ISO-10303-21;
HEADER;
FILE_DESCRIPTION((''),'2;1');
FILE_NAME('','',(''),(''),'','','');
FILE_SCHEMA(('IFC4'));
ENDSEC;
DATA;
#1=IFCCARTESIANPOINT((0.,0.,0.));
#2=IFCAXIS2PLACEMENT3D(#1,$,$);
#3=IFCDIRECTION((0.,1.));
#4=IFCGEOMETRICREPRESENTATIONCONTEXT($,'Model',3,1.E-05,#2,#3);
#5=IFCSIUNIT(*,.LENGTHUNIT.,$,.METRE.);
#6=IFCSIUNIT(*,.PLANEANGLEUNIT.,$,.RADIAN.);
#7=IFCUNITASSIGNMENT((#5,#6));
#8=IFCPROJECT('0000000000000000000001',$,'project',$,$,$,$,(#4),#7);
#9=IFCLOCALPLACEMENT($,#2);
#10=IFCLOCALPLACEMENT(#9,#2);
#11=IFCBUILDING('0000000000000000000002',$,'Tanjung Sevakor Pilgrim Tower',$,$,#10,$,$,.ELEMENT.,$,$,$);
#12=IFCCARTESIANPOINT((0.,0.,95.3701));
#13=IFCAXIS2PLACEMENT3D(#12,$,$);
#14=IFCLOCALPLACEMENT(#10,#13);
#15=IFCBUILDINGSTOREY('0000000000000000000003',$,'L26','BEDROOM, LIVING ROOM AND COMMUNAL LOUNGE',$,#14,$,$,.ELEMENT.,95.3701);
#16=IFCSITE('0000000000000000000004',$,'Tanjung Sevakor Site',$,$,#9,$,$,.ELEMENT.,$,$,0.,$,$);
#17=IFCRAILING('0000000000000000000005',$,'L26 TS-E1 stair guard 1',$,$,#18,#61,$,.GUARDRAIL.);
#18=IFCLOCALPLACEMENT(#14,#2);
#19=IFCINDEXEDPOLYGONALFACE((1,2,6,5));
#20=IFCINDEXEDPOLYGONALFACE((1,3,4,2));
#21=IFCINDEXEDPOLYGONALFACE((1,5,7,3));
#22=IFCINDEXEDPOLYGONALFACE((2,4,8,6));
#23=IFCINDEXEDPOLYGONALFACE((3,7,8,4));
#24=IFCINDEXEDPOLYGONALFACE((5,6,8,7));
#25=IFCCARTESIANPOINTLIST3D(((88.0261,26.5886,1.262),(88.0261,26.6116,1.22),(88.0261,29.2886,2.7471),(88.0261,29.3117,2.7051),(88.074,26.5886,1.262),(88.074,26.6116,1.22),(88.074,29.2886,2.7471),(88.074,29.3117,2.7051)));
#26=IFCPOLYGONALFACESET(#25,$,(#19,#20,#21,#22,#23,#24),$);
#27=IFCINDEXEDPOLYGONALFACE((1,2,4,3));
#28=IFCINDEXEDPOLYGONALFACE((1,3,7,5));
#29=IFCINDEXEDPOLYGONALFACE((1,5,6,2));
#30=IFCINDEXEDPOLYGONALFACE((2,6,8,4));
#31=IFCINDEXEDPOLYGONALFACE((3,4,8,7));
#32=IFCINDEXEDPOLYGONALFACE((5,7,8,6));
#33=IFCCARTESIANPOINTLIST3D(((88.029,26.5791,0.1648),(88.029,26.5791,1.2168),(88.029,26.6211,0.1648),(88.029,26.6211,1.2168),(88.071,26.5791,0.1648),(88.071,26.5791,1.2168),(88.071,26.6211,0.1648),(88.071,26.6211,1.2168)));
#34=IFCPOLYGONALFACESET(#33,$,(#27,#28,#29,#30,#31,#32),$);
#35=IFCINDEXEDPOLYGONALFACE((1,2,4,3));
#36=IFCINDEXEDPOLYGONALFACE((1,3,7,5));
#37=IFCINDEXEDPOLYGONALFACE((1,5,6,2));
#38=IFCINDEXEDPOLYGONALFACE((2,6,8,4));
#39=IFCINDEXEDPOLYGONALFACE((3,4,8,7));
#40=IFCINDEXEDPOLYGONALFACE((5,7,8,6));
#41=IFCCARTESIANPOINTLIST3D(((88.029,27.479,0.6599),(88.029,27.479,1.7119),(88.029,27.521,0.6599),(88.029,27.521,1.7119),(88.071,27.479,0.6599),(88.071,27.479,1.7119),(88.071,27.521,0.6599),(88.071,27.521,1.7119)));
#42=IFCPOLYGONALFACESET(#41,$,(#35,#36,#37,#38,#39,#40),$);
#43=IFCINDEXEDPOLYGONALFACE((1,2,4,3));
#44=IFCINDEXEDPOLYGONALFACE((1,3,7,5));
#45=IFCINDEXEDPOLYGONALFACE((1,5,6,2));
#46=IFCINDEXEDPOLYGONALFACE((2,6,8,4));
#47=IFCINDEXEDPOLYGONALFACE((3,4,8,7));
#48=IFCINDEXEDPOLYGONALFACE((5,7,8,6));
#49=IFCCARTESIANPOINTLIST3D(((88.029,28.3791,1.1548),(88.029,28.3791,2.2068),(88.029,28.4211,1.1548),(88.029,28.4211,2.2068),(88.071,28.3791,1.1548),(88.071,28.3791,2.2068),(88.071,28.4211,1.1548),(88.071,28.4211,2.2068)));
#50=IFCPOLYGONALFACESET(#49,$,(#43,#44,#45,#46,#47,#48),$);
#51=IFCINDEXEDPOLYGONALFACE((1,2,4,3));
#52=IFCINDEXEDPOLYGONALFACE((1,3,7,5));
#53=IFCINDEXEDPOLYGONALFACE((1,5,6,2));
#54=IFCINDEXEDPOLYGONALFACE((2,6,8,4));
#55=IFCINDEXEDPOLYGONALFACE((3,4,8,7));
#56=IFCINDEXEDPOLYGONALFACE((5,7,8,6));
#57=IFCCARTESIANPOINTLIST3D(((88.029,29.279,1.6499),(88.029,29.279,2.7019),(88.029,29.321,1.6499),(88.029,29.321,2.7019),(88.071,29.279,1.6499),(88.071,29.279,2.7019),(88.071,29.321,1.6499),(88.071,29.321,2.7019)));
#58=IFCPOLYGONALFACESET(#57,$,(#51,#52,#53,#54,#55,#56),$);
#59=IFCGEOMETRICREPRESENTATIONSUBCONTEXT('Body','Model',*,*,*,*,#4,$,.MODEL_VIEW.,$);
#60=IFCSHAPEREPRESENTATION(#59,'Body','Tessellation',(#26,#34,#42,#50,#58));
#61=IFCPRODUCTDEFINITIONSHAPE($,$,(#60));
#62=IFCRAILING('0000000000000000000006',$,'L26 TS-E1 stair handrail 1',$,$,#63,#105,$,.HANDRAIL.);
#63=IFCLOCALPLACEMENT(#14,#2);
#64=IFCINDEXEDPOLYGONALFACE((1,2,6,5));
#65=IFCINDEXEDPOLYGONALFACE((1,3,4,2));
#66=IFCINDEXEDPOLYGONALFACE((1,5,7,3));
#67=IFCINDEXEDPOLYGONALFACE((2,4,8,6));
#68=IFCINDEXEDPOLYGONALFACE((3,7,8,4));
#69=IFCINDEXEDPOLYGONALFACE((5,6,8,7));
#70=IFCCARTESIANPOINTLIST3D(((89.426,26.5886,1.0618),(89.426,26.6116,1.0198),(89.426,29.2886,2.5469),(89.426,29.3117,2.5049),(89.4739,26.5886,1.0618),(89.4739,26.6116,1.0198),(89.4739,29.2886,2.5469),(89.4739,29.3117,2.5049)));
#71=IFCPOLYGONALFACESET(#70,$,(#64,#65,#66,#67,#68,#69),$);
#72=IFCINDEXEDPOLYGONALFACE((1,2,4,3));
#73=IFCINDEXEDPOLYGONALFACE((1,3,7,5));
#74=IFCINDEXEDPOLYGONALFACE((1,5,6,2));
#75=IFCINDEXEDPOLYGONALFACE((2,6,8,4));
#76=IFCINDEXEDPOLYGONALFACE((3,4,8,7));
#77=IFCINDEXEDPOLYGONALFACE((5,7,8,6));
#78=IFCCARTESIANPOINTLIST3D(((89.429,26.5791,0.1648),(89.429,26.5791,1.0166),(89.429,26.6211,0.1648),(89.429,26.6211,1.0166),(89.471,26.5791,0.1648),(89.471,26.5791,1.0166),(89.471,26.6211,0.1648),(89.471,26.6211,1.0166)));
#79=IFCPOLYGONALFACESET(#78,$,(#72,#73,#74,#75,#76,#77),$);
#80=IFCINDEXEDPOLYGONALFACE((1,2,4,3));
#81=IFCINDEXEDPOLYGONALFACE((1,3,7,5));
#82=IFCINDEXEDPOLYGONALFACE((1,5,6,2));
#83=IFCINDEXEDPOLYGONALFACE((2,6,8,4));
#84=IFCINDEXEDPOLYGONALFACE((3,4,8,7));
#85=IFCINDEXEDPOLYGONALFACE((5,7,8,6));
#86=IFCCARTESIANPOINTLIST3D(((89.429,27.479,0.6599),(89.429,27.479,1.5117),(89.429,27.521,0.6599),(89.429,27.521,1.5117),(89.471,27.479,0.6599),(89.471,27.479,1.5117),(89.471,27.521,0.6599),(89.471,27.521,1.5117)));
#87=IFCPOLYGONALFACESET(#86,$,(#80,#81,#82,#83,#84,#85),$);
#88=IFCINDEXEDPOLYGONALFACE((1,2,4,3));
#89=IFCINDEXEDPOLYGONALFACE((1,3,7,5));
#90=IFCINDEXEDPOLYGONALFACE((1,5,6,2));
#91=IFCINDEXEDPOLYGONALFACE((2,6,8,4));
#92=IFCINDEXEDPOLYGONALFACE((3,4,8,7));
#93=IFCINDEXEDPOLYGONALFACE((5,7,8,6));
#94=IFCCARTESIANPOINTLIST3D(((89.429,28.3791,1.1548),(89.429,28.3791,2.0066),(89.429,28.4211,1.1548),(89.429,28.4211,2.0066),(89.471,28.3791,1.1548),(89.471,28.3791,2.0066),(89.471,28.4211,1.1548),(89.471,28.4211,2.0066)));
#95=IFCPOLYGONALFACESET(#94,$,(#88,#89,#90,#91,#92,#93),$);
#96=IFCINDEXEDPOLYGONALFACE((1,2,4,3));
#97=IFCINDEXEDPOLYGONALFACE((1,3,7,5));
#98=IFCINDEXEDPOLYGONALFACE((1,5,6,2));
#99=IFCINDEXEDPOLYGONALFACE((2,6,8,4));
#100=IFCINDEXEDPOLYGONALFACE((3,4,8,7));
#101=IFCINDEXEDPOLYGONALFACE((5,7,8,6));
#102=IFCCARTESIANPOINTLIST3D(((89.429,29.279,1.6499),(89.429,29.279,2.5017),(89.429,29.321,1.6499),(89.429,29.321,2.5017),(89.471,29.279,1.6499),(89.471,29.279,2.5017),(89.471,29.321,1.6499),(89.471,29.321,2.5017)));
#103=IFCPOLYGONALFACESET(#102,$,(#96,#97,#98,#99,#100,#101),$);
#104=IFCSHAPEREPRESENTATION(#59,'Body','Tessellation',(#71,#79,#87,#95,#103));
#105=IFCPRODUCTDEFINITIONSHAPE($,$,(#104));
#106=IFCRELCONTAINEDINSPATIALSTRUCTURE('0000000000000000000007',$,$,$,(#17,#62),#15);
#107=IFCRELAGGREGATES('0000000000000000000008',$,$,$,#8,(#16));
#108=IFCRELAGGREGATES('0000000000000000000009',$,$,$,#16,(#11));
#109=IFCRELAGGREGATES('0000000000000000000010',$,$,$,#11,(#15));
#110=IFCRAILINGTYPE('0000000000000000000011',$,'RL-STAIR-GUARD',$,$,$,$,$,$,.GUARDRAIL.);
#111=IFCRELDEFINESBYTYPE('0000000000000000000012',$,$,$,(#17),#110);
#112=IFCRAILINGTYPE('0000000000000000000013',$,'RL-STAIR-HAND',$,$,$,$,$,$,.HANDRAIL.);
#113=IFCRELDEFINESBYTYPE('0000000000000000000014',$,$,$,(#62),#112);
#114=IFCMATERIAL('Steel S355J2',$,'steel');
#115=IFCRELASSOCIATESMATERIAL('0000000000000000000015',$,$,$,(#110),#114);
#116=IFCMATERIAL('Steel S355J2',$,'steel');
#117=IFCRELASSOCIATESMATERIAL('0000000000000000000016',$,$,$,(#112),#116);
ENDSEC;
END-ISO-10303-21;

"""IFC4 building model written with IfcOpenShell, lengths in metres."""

from ifc_helpers import new_model, si_unit, direction, frame, origin, place, context, subcontext, project, spatial, rectangle, extrude, material, type_object, element, save


model = new_model("IFC4")

# Units and contexts
model_context = context("Model", 3, precision=1e-05, world=origin(), true_north=direction((0.0, 1.0)))
body_context = subcontext(model_context, "Body", "Model", "MODEL_VIEW")
ifc_project = project(units=[si_unit("LENGTHUNIT", "METRE"), si_unit("PLANEANGLEUNIT", "RADIAN")], contexts=[model_context])

# Site, building, storey
site_placement = place(None, origin())
site = spatial("IfcSite", under=ifc_project, at=site_placement, Name="Tanjung Sevakor Site", CompositionType="ELEMENT", RefElevation=0.0)
building_placement = place(site_placement, origin())
building = spatial("IfcBuilding", under=site, at=building_placement, Name="Tanjung Sevakor Pilgrim Tower", CompositionType="ELEMENT")
storey_placement = place(building_placement, frame((0.0, 0.0, 95.3701)))
storey = spatial("IfcBuildingStorey", under=building, at=storey_placement, Name="L26", Description="BEDROOM, LIVING ROOM AND COMMUNAL LOUNGE", CompositionType="ELEMENT", Elevation=95.3701)

# Railings
ifc_material_1 = material(Name="Steel S355J2", Category="steel")
railing_type_1 = type_object("IfcRailingType", Name="RL-STAIR-GUARD", PredefinedType="GUARDRAIL", material=ifc_material_1)
railing_1_placement = place(storey_placement, frame((88.05, 26.6001, 0.1648)))
element("IfcRailing", 1, at=railing_1_placement, inside=storey, type_object=railing_type_1, Name="L26 TS-E1 stair guard 1", PredefinedType="GUARDRAIL", context=body_context, shape_type="SweptSolid", body=[
    extrude(rectangle(XDim=0.0479, YDim=0.0479), frame((0.0, 0.0, 1.0762), z_axis=(0.0, 0.876198, 0.481952), x_axis=(-1.0, 0.0, 0.0)), (0.0, 0.0, 1.0), 3.0815),
    extrude(rectangle(XDim=0.042, YDim=0.042), origin(), (0.0, 0.0, 1.0), 1.052),
    extrude(rectangle(XDim=0.042, YDim=0.042), frame((0.0, 0.8999, 0.4951)), (0.0, 0.0, 1.0), 1.052),
    extrude(rectangle(XDim=0.042, YDim=0.042), frame((0.0, 1.8, 0.99)), (0.0, 0.0, 1.0), 1.052),
    extrude(rectangle(XDim=0.042, YDim=0.042), frame((0.0, 2.7, 1.4851)), (0.0, 0.0, 1.0), 1.052),
])
ifc_material_2 = material(Name="Steel S355J2", Category="steel")
railing_type_2 = type_object("IfcRailingType", Name="RL-STAIR-HAND", PredefinedType="HANDRAIL", material=ifc_material_2)
railing_2_placement = place(storey_placement, frame((89.45, 26.6001, 0.1648)))
element("IfcRailing", 2, at=railing_2_placement, inside=storey, type_object=railing_type_2, Name="L26 TS-E1 stair handrail 1", PredefinedType="HANDRAIL", context=body_context, shape_type="SweptSolid", body=[
    extrude(rectangle(XDim=0.0479, YDim=0.0479), frame((0.0, 0.0, 0.876), z_axis=(0.0, 0.876198, 0.481952), x_axis=(-1.0, 0.0, 0.0)), (0.0, 0.0, 1.0), 3.0815),
    extrude(rectangle(XDim=0.042, YDim=0.042), origin(), (0.0, 0.0, 1.0), 0.8518),
    extrude(rectangle(XDim=0.042, YDim=0.042), frame((0.0, 0.8999, 0.4951)), (0.0, 0.0, 1.0), 0.8518),
    extrude(rectangle(XDim=0.042, YDim=0.042), frame((0.0, 1.8, 0.99)), (0.0, 0.0, 1.0), 0.8518),
    extrude(rectangle(XDim=0.042, YDim=0.042), frame((0.0, 2.7, 1.4851)), (0.0, 0.0, 1.0), 0.8518),
])

save(model, "model.ifc")
